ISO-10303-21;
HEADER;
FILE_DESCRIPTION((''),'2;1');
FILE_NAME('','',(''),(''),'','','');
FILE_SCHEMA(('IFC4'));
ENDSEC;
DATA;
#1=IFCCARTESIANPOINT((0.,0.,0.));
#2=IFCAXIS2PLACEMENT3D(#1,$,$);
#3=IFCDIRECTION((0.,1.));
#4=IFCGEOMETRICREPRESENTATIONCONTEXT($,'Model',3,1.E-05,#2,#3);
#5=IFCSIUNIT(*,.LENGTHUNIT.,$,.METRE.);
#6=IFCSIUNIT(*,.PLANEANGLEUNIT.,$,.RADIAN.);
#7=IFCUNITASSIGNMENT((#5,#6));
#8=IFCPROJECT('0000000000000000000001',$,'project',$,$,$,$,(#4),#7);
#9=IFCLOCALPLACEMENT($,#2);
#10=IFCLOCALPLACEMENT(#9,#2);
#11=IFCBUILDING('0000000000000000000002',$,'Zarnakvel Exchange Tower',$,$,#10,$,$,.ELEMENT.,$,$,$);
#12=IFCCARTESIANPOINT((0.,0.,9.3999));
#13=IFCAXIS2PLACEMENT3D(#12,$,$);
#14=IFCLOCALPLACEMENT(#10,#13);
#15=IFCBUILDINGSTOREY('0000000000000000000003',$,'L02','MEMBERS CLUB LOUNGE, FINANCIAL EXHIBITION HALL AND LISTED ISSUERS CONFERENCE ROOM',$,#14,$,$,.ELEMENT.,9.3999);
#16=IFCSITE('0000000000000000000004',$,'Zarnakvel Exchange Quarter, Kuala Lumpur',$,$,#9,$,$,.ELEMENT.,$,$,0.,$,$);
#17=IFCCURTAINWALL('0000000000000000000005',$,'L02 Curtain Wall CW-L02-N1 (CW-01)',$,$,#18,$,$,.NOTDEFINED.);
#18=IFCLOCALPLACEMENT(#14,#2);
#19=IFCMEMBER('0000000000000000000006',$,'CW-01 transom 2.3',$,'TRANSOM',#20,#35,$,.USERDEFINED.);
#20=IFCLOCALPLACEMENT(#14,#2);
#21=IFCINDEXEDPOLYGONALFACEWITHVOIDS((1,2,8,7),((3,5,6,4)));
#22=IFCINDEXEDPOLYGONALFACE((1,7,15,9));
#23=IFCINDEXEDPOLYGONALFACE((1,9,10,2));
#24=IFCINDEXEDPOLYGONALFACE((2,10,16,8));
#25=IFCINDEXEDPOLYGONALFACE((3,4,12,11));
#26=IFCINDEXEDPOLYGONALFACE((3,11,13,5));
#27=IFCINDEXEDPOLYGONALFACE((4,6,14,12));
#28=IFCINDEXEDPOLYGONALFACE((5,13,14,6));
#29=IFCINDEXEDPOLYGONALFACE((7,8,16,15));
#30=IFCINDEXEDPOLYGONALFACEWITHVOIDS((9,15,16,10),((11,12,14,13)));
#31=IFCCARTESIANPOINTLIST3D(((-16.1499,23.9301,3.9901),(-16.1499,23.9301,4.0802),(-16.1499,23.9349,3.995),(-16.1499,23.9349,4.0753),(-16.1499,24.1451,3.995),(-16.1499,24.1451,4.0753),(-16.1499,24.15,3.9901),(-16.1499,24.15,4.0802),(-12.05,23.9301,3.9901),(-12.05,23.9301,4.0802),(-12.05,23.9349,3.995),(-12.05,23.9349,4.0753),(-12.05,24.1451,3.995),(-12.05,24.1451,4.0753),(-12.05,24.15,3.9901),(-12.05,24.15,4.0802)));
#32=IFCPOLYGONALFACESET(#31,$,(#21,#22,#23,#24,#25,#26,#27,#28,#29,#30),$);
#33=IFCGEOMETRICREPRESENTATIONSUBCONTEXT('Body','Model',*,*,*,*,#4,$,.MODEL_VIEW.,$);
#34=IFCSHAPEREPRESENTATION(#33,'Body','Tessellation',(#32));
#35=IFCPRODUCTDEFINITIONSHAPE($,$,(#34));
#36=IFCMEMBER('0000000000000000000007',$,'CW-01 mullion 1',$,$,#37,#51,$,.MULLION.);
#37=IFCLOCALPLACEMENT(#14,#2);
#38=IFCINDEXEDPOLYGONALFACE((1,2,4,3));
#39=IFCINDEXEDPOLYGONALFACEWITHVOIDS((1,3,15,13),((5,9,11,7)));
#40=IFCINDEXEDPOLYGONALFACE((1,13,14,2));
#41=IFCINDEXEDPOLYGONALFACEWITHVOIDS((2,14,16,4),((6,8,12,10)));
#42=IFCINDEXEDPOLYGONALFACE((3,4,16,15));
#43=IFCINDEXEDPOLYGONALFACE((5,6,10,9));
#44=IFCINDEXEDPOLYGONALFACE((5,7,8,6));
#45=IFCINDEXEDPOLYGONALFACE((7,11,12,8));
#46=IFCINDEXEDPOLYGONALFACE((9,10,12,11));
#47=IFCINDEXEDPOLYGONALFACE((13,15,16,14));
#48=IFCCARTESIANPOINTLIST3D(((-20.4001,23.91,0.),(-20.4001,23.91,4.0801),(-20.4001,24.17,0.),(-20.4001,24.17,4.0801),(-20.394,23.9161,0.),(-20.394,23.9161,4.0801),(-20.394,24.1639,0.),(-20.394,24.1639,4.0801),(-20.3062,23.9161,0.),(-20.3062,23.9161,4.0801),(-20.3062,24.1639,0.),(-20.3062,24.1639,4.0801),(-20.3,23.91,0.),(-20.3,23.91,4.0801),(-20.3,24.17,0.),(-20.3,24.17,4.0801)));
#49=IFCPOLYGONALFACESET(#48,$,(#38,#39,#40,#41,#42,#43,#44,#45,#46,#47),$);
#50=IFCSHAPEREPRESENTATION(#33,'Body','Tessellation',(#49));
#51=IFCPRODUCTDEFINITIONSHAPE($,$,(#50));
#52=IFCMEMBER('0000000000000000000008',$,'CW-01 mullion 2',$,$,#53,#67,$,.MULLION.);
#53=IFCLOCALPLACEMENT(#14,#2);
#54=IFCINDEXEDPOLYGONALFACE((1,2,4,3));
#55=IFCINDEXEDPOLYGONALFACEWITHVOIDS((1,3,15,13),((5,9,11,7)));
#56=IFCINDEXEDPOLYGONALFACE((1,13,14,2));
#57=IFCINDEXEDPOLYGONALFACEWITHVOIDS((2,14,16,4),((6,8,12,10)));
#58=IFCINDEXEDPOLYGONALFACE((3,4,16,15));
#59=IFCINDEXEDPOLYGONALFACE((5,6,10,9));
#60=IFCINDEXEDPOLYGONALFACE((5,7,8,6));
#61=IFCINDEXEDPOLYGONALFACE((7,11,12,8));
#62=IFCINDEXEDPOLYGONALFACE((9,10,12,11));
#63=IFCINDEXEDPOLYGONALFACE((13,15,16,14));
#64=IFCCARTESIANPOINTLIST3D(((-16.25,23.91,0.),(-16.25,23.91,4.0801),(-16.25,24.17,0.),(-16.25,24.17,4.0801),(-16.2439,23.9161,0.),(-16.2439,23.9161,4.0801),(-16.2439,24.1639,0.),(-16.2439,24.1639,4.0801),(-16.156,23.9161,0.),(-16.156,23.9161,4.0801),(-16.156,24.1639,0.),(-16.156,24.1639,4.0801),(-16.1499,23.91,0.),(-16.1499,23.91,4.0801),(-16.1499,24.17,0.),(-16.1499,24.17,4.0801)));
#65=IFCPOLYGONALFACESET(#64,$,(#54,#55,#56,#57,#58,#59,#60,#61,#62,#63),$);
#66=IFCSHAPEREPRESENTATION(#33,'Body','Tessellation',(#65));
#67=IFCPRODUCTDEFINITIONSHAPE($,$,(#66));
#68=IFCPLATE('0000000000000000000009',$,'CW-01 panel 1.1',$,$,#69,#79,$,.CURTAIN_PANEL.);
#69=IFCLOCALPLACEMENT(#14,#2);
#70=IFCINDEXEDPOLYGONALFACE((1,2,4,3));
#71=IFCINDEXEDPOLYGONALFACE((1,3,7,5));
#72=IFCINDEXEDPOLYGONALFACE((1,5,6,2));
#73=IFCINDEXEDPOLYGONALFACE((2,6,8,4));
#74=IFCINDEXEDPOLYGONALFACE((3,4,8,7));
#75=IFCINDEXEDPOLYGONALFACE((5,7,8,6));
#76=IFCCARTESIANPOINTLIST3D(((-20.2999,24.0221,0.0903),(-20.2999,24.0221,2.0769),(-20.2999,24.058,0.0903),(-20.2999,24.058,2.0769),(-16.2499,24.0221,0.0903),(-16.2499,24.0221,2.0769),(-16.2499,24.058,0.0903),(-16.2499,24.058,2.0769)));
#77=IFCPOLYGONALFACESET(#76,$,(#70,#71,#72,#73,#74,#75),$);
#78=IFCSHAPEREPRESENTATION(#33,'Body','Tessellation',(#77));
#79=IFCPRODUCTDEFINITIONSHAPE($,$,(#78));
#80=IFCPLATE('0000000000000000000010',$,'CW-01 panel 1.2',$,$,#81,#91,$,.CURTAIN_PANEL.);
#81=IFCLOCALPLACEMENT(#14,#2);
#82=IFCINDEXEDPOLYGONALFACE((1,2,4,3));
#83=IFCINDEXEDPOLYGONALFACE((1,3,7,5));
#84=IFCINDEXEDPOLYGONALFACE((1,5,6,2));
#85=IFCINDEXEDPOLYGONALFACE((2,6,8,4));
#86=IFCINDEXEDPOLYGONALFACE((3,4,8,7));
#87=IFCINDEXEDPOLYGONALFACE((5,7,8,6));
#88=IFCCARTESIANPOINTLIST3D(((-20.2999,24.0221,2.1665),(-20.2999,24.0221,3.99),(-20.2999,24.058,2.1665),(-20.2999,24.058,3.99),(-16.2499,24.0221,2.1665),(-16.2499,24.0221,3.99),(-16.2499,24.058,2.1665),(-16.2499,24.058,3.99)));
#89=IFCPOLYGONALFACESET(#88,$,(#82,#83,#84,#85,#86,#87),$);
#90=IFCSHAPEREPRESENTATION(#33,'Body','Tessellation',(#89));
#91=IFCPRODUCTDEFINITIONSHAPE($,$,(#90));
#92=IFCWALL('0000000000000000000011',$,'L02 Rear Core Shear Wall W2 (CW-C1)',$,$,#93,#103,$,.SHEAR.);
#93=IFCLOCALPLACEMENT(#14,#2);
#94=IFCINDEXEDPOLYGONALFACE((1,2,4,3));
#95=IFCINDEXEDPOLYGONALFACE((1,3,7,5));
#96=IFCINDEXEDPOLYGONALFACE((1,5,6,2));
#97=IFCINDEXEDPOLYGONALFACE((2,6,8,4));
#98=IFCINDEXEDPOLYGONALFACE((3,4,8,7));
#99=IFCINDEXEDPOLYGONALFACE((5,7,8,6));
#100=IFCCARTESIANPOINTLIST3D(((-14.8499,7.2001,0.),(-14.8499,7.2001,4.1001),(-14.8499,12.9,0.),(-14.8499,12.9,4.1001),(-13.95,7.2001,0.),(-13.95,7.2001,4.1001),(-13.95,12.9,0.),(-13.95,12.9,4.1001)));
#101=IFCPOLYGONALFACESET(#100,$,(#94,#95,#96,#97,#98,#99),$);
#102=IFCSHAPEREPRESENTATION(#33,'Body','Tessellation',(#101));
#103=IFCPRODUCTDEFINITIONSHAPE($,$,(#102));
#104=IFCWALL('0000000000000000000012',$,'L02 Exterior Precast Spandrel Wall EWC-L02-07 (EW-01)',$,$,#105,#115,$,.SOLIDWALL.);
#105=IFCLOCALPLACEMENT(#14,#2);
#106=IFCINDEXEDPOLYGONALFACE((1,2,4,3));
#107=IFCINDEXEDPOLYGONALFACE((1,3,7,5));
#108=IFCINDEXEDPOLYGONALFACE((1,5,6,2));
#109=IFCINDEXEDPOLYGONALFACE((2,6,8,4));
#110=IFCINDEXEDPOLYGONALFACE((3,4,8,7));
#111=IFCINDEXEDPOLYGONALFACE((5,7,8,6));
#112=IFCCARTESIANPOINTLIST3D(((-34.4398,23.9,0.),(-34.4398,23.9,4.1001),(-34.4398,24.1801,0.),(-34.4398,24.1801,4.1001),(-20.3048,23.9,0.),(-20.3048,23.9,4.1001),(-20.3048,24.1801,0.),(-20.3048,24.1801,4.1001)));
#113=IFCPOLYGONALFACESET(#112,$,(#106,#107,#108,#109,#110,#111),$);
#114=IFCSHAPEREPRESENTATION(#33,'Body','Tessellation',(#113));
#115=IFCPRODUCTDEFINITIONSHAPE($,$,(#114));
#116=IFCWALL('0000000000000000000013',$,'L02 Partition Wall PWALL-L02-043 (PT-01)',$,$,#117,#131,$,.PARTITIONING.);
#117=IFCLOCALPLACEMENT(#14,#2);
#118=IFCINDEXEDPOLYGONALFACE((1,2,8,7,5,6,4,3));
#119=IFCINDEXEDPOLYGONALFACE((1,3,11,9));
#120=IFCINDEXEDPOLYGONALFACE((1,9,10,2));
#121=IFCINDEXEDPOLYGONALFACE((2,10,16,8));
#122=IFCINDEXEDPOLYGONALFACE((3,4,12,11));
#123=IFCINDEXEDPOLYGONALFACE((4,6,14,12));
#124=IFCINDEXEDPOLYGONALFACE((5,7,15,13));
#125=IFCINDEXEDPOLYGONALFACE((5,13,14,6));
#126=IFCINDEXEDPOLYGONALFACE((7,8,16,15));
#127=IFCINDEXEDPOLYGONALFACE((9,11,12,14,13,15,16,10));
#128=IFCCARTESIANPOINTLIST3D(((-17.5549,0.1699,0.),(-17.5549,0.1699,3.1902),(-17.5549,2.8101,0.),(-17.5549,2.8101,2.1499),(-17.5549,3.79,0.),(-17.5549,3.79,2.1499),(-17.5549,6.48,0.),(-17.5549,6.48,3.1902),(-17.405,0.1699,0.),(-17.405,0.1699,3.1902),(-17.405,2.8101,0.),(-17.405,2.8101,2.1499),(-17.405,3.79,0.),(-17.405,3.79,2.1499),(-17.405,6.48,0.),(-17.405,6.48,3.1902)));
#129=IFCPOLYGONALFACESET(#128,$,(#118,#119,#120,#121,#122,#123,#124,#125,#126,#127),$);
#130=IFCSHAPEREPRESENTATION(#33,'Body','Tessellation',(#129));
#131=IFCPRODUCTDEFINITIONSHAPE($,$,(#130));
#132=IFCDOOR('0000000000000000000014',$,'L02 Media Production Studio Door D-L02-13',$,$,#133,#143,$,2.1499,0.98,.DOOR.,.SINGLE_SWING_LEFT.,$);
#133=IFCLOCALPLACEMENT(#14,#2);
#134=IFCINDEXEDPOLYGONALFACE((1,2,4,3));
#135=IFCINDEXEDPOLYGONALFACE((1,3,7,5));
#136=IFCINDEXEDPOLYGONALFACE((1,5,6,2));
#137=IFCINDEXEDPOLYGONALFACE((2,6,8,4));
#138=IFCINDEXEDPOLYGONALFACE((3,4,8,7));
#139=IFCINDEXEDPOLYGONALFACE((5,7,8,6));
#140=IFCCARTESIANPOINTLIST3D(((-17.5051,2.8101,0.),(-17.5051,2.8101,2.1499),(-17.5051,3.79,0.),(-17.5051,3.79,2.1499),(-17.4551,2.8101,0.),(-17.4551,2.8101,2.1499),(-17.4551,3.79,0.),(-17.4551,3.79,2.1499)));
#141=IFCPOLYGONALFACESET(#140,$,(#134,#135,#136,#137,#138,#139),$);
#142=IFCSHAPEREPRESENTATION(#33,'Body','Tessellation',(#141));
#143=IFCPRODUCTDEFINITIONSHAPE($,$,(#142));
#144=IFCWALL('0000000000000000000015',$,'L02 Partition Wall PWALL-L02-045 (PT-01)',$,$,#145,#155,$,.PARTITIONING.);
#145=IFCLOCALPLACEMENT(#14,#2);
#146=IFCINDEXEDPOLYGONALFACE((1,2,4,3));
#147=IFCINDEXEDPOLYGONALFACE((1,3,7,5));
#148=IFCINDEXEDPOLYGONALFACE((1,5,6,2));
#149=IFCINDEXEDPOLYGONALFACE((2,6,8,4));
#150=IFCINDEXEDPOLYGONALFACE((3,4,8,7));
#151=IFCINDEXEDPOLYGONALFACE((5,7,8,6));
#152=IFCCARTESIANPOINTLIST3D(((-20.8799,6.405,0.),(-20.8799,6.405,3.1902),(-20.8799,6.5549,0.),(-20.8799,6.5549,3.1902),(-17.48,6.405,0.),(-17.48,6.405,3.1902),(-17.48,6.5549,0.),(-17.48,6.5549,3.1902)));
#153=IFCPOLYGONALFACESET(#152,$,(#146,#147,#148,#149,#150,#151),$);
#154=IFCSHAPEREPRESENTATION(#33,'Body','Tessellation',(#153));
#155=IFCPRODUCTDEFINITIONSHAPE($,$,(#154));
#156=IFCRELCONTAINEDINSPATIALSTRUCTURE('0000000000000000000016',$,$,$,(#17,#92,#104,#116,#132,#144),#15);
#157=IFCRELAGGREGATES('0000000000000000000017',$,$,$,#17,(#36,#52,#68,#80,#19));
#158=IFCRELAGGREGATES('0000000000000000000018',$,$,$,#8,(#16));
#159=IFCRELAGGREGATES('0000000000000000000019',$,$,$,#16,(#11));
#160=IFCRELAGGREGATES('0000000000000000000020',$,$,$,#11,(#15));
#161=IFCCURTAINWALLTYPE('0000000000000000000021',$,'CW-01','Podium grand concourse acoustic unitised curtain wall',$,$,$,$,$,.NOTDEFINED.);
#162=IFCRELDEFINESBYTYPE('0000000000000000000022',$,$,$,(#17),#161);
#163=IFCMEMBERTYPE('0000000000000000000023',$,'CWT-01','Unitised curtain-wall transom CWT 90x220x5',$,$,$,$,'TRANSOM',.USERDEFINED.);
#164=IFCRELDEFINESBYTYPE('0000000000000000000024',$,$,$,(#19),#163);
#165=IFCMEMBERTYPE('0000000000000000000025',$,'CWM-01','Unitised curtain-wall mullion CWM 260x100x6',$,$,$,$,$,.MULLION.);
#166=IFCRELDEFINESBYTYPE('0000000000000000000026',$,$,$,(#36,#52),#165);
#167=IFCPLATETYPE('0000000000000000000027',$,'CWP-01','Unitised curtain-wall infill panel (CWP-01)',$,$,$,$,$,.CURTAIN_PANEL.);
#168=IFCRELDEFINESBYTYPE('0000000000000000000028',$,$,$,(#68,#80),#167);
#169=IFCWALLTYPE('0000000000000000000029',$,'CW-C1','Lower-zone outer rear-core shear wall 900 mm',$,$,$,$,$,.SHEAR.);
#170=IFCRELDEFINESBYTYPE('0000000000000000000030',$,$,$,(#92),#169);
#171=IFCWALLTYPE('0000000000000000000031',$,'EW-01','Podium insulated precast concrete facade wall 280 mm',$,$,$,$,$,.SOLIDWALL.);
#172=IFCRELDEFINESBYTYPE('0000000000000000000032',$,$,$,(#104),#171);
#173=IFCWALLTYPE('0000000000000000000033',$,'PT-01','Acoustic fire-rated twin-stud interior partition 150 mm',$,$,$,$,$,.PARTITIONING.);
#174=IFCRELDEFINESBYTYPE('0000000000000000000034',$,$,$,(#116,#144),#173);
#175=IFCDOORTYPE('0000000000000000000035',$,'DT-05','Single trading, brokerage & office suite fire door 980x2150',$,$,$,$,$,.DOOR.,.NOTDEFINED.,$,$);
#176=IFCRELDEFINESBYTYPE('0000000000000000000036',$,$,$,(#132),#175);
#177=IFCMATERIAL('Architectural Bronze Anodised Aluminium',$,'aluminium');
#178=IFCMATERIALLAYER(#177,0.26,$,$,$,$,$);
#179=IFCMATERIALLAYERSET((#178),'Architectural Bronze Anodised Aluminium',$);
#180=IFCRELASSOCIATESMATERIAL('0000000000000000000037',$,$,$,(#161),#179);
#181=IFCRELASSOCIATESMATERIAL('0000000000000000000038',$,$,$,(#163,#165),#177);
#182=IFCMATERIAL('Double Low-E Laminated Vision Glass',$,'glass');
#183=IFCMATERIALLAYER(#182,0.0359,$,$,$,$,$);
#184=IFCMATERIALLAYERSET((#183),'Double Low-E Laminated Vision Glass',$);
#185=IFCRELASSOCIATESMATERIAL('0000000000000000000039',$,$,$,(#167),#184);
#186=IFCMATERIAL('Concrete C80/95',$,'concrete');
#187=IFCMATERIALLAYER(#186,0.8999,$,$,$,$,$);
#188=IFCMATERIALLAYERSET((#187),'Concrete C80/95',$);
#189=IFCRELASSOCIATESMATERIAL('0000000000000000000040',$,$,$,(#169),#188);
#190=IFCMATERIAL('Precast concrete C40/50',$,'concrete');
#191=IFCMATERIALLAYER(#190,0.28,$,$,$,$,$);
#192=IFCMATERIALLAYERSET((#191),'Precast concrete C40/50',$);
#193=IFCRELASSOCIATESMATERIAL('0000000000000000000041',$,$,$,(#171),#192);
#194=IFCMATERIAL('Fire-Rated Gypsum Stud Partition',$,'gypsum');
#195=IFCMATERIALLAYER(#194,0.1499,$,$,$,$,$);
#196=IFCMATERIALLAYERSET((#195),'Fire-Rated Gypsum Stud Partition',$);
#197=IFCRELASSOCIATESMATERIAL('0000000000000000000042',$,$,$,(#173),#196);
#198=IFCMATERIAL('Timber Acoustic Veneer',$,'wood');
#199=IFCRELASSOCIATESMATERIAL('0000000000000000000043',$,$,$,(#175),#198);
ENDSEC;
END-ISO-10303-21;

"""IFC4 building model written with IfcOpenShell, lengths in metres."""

from ifc_helpers import new_model, si_unit, direction, frame, frame_2d, origin, origin_2d, place, context, subcontext, project, spatial, rectangle, hollow_rectangle, extrude, source, transform, mapped, material, layer, layer_set, material_profile, profile_set, type_object, element, fill, aggregate, save


model = new_model("IFC4")

# Units and contexts
model_context = context("Model", 3, precision=1e-05, world=origin(), true_north=direction((0.0, 1.0)))
body_context = subcontext(model_context, "Body", "Model", "MODEL_VIEW")
ifc_project = project(units=[si_unit("LENGTHUNIT", "METRE"), si_unit("PLANEANGLEUNIT", "RADIAN")], contexts=[model_context])

# Site, building, storey
site_placement = place(None, origin())
site = spatial("IfcSite", under=ifc_project, at=site_placement, Name="Zarnakvel Exchange Quarter, Kuala Lumpur", CompositionType="ELEMENT", RefElevation=0.0)
building_placement = place(site_placement, origin())
building = spatial("IfcBuilding", under=site, at=building_placement, Name="Zarnakvel Exchange Tower", CompositionType="ELEMENT")
storey_placement = place(building_placement, frame((0.0, 0.0, 9.3999)))
storey = spatial("IfcBuildingStorey", under=building, at=storey_placement, Name="L02", Description="MEMBERS CLUB LOUNGE, FINANCIAL EXHIBITION HALL AND LISTED ISSUERS CONFERENCE ROOM", CompositionType="ELEMENT", Elevation=9.3999)

# Shared definitions
ifc_material_1 = material(Name="Concrete C80/95", Category="concrete")

# Curtain wall, members, plates
ifc_material_2 = material(Name="Architectural Bronze Anodised Aluminium", Category="aluminium")
ifc_layer_1 = layer(ifc_material_2, 0.26)
ifc_layer_set_1 = layer_set([ifc_layer_1], Name="Architectural Bronze Anodised Aluminium")
curtain_wall_type = type_object("IfcCurtainWallType", Name="CW-01", Description="Podium grand concourse acoustic unitised curtain wall", PredefinedType="NOTDEFINED", material=ifc_layer_set_1)
curtain_wall_placement = place(storey_placement, origin())
curtain_wall = element("IfcCurtainWall", 1, at=curtain_wall_placement, inside=storey, type_object=curtain_wall_type, Name="L02 Curtain Wall CW-L02-N1 (CW-01)", PredefinedType="NOTDEFINED")
ifc_material_profile_1 = material_profile(ifc_material_2, hollow_rectangle(XDim=0.22, YDim=0.0901, WallThickness=0.0049, at=origin_2d()))
ifc_profile_set_1 = profile_set([ifc_material_profile_1], Name="Architectural Bronze Anodised Aluminium")
member_type_1 = type_object("IfcMemberType", Name="CWT-01", Description="Unitised curtain-wall transom CWT 90x220x5", ElementType="TRANSOM", PredefinedType="USERDEFINED", material=ifc_profile_set_1)
shared_shape_1 = source(origin(), body_context, "Body", "SweptSolid", [
    extrude(hollow_rectangle(XDim=0.22, YDim=0.0901, WallThickness=0.0049, at=origin_2d()), origin(), (0.0, 0.0, 1.0), 4.0999),
])
member_1_placement = place(storey_placement, frame((-16.1499, 24.04, 4.0352), z_axis=(1.0, 0.0, 0.0), x_axis=(0.0, 1.0, 0.0)))
member_1 = element("IfcMember", 2, at=member_1_placement, type_object=member_type_1, Name="CW-01 transom 2.3", ObjectType="TRANSOM", PredefinedType="USERDEFINED", context=body_context, shape_type="MappedRepresentation", body=[
    mapped(shared_shape_1, transform((0.0, 0.0, 0.0), x_axis=(1.0, 0.0, 0.0), y_axis=(0.0, 1.0, 0.0), z_axis=(0.0, 0.0, 1.0), scale=1.0)),
])
ifc_material_profile_2 = material_profile(ifc_material_2, hollow_rectangle(XDim=0.26, YDim=0.1001, WallThickness=0.0061, at=origin_2d()))
ifc_profile_set_2 = profile_set([ifc_material_profile_2], Name="Architectural Bronze Anodised Aluminium")
member_type_2 = type_object("IfcMemberType", Name="CWM-01", Description="Unitised curtain-wall mullion CWM 260x100x6", PredefinedType="MULLION", material=ifc_profile_set_2)
shared_shape_2 = source(origin(), body_context, "Body", "SweptSolid", [
    extrude(hollow_rectangle(XDim=0.26, YDim=0.1001, WallThickness=0.0061, at=origin_2d()), origin(), (0.0, 0.0, 1.0), 4.0801),
])
member_2_placement = place(storey_placement, frame((-20.3501, 24.04, 0.0), z_axis=(0.0, 0.0, 1.0), x_axis=(0.0, 1.0, 0.0)))
member_2 = element("IfcMember", 3, at=member_2_placement, type_object=member_type_2, Name="CW-01 mullion 1", PredefinedType="MULLION", context=body_context, shape_type="MappedRepresentation", body=[
    mapped(shared_shape_2, transform((0.0, 0.0, 0.0), x_axis=(1.0, 0.0, 0.0), y_axis=(0.0, 1.0, 0.0), z_axis=(0.0, 0.0, 1.0), scale=1.0)),
])
member_3_placement = place(storey_placement, frame((-16.2, 24.04, 0.0), z_axis=(0.0, 0.0, 1.0), x_axis=(0.0, 1.0, 0.0)))
member_3 = element("IfcMember", 4, at=member_3_placement, type_object=member_type_2, Name="CW-01 mullion 2", PredefinedType="MULLION", context=body_context, shape_type="MappedRepresentation", body=[
    mapped(shared_shape_2, transform((0.0, 0.0, 0.0), x_axis=(1.0, 0.0, 0.0), y_axis=(0.0, 1.0, 0.0), z_axis=(0.0, 0.0, 1.0), scale=1.0)),
])
ifc_material_3 = material(Name="Double Low-E Laminated Vision Glass", Category="glass")
ifc_layer_2 = layer(ifc_material_3, 0.0359)
ifc_layer_set_2 = layer_set([ifc_layer_2], Name="Double Low-E Laminated Vision Glass")
plate_type = type_object("IfcPlateType", Name="CWP-01", Description="Unitised curtain-wall infill panel (CWP-01)", PredefinedType="CURTAIN_PANEL", material=ifc_layer_set_2)
shared_shape_3 = source(origin(), body_context, "Body", "SweptSolid", [
    extrude(rectangle(XDim=4.05, YDim=0.0359, at=origin_2d()), origin(), (0.0, 0.0, 1.0), 1.9866),
])
plate_1_placement = place(storey_placement, frame((-18.2749, 24.04, 0.0903), z_axis=(0.0, 0.0, 1.0), x_axis=(1.0, 0.0, 0.0)))
plate_1 = element("IfcPlate", 5, at=plate_1_placement, type_object=plate_type, Name="CW-01 panel 1.1", PredefinedType="CURTAIN_PANEL", context=body_context, shape_type="MappedRepresentation", body=[
    mapped(shared_shape_3, transform((0.0, 0.0, 0.0), x_axis=(1.0, 0.0, 0.0), y_axis=(0.0, 1.0, 0.0), z_axis=(0.0, 0.0, 1.0), scale=1.0)),
])
shared_shape_4 = source(origin(), body_context, "Body", "SweptSolid", [
    extrude(rectangle(XDim=4.05, YDim=0.0359, at=origin_2d()), origin(), (0.0, 0.0, 1.0), 1.8235),
])
plate_2_placement = place(storey_placement, frame((-18.2749, 24.04, 2.1665), z_axis=(0.0, 0.0, 1.0), x_axis=(1.0, 0.0, 0.0)))
plate_2 = element("IfcPlate", 6, at=plate_2_placement, type_object=plate_type, Name="CW-01 panel 1.2", PredefinedType="CURTAIN_PANEL", context=body_context, shape_type="MappedRepresentation", body=[
    mapped(shared_shape_4, transform((0.0, 0.0, 0.0), x_axis=(1.0, 0.0, 0.0), y_axis=(0.0, 1.0, 0.0), z_axis=(0.0, 0.0, 1.0), scale=1.0)),
])
aggregate(curtain_wall, [member_2, member_3, plate_1, plate_2, member_1])

# Walls
ifc_layer_3 = layer(ifc_material_1, 0.8999)
ifc_layer_set_3 = layer_set([ifc_layer_3], Name="Concrete C80/95")
wall_type_1 = type_object("IfcWallType", Name="CW-C1", Description="Lower-zone outer rear-core shear wall 900 mm", PredefinedType="SHEAR", material=ifc_layer_set_3)
wall_1_placement = place(storey_placement, frame((-14.3999, 7.2, 0.0), z_axis=(0.0, 0.0, 1.0), x_axis=(0.0, 1.0, 0.0)))
element("IfcWall", 7, at=wall_1_placement, inside=storey, type_object=wall_type_1, Name="L02 Rear Core Shear Wall W2 (CW-C1)", PredefinedType="SHEAR", context=body_context, shape_type="SweptSolid", body=[
    extrude(rectangle(XDim=5.7, YDim=0.8999, at=frame_2d((2.8501, 0.0))), origin(), (0.0, 0.0, 1.0), 4.1001),
])
ifc_material_4 = material(Name="Precast concrete C40/50", Category="concrete")
ifc_layer_4 = layer(ifc_material_4, 0.28)
ifc_layer_set_4 = layer_set([ifc_layer_4], Name="Precast concrete C40/50")
wall_type_2 = type_object("IfcWallType", Name="EW-01", Description="Podium insulated precast concrete facade wall 280 mm", PredefinedType="SOLIDWALL", material=ifc_layer_set_4)
wall_2_placement = place(storey_placement, frame((-20.3049, 24.04, 0.0), z_axis=(0.0, 0.0, 1.0), x_axis=(-1.0, 0.0, 0.0)))
element("IfcWall", 8, at=wall_2_placement, inside=storey, type_object=wall_type_2, Name="L02 Exterior Precast Spandrel Wall EWC-L02-07 (EW-01)", PredefinedType="SOLIDWALL", context=body_context, shape_type="SweptSolid", body=[
    extrude(rectangle(XDim=14.135, YDim=0.28, at=frame_2d((7.0674, 0.0))), origin(), (0.0, 0.0, 1.0), 4.1001),
])

# Wall, opening, door
ifc_material_5 = material(Name="Fire-Rated Gypsum Stud Partition", Category="gypsum")
ifc_layer_5 = layer(ifc_material_5, 0.1499)
ifc_layer_set_5 = layer_set([ifc_layer_5], Name="Fire-Rated Gypsum Stud Partition")
wall_type_3 = type_object("IfcWallType", Name="PT-01", Description="Acoustic fire-rated twin-stud interior partition 150 mm", PredefinedType="PARTITIONING", material=ifc_layer_set_5)
wall_3_placement = place(storey_placement, frame((-17.48, 6.48, 0.0), z_axis=(0.0, 0.0, 1.0), x_axis=(0.0, -1.0, 0.0)))
wall_3 = element("IfcWall", 9, at=wall_3_placement, inside=storey, type_object=wall_type_3, Name="L02 Partition Wall PWALL-L02-043 (PT-01)", PredefinedType="PARTITIONING", context=body_context, shape_type="SweptSolid", body=[
    extrude(rectangle(XDim=6.3101, YDim=0.1499, at=frame_2d((3.155, 0.0))), origin(), (0.0, 0.0, 1.0), 3.1902),
])
opening_1_placement = place(wall_3_placement, frame((2.6899, 0.0, 0.0)))
opening_1 = element("IfcOpeningElement", 10, at=opening_1_placement, cuts=wall_3, PredefinedType="OPENING", context=body_context, shape_type="SweptSolid", body=[
    extrude(rectangle(XDim=0.98, YDim=2.1499, at=frame_2d((0.49, 1.075))), frame((0.0, 0.085, 0.0), z_axis=(0.0, -1.0, 0.0), x_axis=(1.0, 0.0, 0.0)), (0.0, 0.0, 1.0), 0.1699),
])
ifc_material_6 = material(Name="Timber Acoustic Veneer", Category="wood")
door_type = type_object("IfcDoorType", Name="DT-05", Description="Single trading, brokerage & office suite fire door 980x2150", OperationType="NOTDEFINED", PredefinedType="DOOR", material=ifc_material_6)
shared_shape_5 = source(origin(), body_context, "Body", "SweptSolid", [
    extrude(rectangle(XDim=0.98, YDim=2.1499, at=frame_2d((0.49, 1.075))), frame((0.0, 0.0249, 0.0), z_axis=(0.0, -1.0, 0.0), x_axis=(1.0, 0.0, 0.0)), (0.0, 0.0, 1.0), 0.05),
])
door_1_placement = place(opening_1_placement, origin())
door_1 = element("IfcDoor", 11, at=door_1_placement, inside=storey, type_object=door_type, Name="L02 Media Production Studio Door D-L02-13", OperationType="SINGLE_SWING_LEFT", OverallHeight=2.1499, OverallWidth=0.98, PredefinedType="DOOR", context=body_context, shape_type="MappedRepresentation", body=[
    mapped(shared_shape_5, transform((0.0, 0.0, 0.0), x_axis=(1.0, 0.0, 0.0), y_axis=(0.0, 1.0, 0.0), z_axis=(0.0, 0.0, 1.0), scale=1.0)),
])
fill(opening_1, door_1)

# Wall
wall_4_placement = place(storey_placement, frame((-17.48, 6.48, 0.0), z_axis=(0.0, 0.0, 1.0), x_axis=(-1.0, 0.0, 0.0)))
element("IfcWall", 12, at=wall_4_placement, inside=storey, type_object=wall_type_3, Name="L02 Partition Wall PWALL-L02-045 (PT-01)", PredefinedType="PARTITIONING", context=body_context, shape_type="SweptSolid", body=[
    extrude(rectangle(XDim=3.3999, YDim=0.1499, at=frame_2d((1.7, 0.0))), origin(), (0.0, 0.0, 1.0), 3.1902),
])

save(model, "model.ifc")
